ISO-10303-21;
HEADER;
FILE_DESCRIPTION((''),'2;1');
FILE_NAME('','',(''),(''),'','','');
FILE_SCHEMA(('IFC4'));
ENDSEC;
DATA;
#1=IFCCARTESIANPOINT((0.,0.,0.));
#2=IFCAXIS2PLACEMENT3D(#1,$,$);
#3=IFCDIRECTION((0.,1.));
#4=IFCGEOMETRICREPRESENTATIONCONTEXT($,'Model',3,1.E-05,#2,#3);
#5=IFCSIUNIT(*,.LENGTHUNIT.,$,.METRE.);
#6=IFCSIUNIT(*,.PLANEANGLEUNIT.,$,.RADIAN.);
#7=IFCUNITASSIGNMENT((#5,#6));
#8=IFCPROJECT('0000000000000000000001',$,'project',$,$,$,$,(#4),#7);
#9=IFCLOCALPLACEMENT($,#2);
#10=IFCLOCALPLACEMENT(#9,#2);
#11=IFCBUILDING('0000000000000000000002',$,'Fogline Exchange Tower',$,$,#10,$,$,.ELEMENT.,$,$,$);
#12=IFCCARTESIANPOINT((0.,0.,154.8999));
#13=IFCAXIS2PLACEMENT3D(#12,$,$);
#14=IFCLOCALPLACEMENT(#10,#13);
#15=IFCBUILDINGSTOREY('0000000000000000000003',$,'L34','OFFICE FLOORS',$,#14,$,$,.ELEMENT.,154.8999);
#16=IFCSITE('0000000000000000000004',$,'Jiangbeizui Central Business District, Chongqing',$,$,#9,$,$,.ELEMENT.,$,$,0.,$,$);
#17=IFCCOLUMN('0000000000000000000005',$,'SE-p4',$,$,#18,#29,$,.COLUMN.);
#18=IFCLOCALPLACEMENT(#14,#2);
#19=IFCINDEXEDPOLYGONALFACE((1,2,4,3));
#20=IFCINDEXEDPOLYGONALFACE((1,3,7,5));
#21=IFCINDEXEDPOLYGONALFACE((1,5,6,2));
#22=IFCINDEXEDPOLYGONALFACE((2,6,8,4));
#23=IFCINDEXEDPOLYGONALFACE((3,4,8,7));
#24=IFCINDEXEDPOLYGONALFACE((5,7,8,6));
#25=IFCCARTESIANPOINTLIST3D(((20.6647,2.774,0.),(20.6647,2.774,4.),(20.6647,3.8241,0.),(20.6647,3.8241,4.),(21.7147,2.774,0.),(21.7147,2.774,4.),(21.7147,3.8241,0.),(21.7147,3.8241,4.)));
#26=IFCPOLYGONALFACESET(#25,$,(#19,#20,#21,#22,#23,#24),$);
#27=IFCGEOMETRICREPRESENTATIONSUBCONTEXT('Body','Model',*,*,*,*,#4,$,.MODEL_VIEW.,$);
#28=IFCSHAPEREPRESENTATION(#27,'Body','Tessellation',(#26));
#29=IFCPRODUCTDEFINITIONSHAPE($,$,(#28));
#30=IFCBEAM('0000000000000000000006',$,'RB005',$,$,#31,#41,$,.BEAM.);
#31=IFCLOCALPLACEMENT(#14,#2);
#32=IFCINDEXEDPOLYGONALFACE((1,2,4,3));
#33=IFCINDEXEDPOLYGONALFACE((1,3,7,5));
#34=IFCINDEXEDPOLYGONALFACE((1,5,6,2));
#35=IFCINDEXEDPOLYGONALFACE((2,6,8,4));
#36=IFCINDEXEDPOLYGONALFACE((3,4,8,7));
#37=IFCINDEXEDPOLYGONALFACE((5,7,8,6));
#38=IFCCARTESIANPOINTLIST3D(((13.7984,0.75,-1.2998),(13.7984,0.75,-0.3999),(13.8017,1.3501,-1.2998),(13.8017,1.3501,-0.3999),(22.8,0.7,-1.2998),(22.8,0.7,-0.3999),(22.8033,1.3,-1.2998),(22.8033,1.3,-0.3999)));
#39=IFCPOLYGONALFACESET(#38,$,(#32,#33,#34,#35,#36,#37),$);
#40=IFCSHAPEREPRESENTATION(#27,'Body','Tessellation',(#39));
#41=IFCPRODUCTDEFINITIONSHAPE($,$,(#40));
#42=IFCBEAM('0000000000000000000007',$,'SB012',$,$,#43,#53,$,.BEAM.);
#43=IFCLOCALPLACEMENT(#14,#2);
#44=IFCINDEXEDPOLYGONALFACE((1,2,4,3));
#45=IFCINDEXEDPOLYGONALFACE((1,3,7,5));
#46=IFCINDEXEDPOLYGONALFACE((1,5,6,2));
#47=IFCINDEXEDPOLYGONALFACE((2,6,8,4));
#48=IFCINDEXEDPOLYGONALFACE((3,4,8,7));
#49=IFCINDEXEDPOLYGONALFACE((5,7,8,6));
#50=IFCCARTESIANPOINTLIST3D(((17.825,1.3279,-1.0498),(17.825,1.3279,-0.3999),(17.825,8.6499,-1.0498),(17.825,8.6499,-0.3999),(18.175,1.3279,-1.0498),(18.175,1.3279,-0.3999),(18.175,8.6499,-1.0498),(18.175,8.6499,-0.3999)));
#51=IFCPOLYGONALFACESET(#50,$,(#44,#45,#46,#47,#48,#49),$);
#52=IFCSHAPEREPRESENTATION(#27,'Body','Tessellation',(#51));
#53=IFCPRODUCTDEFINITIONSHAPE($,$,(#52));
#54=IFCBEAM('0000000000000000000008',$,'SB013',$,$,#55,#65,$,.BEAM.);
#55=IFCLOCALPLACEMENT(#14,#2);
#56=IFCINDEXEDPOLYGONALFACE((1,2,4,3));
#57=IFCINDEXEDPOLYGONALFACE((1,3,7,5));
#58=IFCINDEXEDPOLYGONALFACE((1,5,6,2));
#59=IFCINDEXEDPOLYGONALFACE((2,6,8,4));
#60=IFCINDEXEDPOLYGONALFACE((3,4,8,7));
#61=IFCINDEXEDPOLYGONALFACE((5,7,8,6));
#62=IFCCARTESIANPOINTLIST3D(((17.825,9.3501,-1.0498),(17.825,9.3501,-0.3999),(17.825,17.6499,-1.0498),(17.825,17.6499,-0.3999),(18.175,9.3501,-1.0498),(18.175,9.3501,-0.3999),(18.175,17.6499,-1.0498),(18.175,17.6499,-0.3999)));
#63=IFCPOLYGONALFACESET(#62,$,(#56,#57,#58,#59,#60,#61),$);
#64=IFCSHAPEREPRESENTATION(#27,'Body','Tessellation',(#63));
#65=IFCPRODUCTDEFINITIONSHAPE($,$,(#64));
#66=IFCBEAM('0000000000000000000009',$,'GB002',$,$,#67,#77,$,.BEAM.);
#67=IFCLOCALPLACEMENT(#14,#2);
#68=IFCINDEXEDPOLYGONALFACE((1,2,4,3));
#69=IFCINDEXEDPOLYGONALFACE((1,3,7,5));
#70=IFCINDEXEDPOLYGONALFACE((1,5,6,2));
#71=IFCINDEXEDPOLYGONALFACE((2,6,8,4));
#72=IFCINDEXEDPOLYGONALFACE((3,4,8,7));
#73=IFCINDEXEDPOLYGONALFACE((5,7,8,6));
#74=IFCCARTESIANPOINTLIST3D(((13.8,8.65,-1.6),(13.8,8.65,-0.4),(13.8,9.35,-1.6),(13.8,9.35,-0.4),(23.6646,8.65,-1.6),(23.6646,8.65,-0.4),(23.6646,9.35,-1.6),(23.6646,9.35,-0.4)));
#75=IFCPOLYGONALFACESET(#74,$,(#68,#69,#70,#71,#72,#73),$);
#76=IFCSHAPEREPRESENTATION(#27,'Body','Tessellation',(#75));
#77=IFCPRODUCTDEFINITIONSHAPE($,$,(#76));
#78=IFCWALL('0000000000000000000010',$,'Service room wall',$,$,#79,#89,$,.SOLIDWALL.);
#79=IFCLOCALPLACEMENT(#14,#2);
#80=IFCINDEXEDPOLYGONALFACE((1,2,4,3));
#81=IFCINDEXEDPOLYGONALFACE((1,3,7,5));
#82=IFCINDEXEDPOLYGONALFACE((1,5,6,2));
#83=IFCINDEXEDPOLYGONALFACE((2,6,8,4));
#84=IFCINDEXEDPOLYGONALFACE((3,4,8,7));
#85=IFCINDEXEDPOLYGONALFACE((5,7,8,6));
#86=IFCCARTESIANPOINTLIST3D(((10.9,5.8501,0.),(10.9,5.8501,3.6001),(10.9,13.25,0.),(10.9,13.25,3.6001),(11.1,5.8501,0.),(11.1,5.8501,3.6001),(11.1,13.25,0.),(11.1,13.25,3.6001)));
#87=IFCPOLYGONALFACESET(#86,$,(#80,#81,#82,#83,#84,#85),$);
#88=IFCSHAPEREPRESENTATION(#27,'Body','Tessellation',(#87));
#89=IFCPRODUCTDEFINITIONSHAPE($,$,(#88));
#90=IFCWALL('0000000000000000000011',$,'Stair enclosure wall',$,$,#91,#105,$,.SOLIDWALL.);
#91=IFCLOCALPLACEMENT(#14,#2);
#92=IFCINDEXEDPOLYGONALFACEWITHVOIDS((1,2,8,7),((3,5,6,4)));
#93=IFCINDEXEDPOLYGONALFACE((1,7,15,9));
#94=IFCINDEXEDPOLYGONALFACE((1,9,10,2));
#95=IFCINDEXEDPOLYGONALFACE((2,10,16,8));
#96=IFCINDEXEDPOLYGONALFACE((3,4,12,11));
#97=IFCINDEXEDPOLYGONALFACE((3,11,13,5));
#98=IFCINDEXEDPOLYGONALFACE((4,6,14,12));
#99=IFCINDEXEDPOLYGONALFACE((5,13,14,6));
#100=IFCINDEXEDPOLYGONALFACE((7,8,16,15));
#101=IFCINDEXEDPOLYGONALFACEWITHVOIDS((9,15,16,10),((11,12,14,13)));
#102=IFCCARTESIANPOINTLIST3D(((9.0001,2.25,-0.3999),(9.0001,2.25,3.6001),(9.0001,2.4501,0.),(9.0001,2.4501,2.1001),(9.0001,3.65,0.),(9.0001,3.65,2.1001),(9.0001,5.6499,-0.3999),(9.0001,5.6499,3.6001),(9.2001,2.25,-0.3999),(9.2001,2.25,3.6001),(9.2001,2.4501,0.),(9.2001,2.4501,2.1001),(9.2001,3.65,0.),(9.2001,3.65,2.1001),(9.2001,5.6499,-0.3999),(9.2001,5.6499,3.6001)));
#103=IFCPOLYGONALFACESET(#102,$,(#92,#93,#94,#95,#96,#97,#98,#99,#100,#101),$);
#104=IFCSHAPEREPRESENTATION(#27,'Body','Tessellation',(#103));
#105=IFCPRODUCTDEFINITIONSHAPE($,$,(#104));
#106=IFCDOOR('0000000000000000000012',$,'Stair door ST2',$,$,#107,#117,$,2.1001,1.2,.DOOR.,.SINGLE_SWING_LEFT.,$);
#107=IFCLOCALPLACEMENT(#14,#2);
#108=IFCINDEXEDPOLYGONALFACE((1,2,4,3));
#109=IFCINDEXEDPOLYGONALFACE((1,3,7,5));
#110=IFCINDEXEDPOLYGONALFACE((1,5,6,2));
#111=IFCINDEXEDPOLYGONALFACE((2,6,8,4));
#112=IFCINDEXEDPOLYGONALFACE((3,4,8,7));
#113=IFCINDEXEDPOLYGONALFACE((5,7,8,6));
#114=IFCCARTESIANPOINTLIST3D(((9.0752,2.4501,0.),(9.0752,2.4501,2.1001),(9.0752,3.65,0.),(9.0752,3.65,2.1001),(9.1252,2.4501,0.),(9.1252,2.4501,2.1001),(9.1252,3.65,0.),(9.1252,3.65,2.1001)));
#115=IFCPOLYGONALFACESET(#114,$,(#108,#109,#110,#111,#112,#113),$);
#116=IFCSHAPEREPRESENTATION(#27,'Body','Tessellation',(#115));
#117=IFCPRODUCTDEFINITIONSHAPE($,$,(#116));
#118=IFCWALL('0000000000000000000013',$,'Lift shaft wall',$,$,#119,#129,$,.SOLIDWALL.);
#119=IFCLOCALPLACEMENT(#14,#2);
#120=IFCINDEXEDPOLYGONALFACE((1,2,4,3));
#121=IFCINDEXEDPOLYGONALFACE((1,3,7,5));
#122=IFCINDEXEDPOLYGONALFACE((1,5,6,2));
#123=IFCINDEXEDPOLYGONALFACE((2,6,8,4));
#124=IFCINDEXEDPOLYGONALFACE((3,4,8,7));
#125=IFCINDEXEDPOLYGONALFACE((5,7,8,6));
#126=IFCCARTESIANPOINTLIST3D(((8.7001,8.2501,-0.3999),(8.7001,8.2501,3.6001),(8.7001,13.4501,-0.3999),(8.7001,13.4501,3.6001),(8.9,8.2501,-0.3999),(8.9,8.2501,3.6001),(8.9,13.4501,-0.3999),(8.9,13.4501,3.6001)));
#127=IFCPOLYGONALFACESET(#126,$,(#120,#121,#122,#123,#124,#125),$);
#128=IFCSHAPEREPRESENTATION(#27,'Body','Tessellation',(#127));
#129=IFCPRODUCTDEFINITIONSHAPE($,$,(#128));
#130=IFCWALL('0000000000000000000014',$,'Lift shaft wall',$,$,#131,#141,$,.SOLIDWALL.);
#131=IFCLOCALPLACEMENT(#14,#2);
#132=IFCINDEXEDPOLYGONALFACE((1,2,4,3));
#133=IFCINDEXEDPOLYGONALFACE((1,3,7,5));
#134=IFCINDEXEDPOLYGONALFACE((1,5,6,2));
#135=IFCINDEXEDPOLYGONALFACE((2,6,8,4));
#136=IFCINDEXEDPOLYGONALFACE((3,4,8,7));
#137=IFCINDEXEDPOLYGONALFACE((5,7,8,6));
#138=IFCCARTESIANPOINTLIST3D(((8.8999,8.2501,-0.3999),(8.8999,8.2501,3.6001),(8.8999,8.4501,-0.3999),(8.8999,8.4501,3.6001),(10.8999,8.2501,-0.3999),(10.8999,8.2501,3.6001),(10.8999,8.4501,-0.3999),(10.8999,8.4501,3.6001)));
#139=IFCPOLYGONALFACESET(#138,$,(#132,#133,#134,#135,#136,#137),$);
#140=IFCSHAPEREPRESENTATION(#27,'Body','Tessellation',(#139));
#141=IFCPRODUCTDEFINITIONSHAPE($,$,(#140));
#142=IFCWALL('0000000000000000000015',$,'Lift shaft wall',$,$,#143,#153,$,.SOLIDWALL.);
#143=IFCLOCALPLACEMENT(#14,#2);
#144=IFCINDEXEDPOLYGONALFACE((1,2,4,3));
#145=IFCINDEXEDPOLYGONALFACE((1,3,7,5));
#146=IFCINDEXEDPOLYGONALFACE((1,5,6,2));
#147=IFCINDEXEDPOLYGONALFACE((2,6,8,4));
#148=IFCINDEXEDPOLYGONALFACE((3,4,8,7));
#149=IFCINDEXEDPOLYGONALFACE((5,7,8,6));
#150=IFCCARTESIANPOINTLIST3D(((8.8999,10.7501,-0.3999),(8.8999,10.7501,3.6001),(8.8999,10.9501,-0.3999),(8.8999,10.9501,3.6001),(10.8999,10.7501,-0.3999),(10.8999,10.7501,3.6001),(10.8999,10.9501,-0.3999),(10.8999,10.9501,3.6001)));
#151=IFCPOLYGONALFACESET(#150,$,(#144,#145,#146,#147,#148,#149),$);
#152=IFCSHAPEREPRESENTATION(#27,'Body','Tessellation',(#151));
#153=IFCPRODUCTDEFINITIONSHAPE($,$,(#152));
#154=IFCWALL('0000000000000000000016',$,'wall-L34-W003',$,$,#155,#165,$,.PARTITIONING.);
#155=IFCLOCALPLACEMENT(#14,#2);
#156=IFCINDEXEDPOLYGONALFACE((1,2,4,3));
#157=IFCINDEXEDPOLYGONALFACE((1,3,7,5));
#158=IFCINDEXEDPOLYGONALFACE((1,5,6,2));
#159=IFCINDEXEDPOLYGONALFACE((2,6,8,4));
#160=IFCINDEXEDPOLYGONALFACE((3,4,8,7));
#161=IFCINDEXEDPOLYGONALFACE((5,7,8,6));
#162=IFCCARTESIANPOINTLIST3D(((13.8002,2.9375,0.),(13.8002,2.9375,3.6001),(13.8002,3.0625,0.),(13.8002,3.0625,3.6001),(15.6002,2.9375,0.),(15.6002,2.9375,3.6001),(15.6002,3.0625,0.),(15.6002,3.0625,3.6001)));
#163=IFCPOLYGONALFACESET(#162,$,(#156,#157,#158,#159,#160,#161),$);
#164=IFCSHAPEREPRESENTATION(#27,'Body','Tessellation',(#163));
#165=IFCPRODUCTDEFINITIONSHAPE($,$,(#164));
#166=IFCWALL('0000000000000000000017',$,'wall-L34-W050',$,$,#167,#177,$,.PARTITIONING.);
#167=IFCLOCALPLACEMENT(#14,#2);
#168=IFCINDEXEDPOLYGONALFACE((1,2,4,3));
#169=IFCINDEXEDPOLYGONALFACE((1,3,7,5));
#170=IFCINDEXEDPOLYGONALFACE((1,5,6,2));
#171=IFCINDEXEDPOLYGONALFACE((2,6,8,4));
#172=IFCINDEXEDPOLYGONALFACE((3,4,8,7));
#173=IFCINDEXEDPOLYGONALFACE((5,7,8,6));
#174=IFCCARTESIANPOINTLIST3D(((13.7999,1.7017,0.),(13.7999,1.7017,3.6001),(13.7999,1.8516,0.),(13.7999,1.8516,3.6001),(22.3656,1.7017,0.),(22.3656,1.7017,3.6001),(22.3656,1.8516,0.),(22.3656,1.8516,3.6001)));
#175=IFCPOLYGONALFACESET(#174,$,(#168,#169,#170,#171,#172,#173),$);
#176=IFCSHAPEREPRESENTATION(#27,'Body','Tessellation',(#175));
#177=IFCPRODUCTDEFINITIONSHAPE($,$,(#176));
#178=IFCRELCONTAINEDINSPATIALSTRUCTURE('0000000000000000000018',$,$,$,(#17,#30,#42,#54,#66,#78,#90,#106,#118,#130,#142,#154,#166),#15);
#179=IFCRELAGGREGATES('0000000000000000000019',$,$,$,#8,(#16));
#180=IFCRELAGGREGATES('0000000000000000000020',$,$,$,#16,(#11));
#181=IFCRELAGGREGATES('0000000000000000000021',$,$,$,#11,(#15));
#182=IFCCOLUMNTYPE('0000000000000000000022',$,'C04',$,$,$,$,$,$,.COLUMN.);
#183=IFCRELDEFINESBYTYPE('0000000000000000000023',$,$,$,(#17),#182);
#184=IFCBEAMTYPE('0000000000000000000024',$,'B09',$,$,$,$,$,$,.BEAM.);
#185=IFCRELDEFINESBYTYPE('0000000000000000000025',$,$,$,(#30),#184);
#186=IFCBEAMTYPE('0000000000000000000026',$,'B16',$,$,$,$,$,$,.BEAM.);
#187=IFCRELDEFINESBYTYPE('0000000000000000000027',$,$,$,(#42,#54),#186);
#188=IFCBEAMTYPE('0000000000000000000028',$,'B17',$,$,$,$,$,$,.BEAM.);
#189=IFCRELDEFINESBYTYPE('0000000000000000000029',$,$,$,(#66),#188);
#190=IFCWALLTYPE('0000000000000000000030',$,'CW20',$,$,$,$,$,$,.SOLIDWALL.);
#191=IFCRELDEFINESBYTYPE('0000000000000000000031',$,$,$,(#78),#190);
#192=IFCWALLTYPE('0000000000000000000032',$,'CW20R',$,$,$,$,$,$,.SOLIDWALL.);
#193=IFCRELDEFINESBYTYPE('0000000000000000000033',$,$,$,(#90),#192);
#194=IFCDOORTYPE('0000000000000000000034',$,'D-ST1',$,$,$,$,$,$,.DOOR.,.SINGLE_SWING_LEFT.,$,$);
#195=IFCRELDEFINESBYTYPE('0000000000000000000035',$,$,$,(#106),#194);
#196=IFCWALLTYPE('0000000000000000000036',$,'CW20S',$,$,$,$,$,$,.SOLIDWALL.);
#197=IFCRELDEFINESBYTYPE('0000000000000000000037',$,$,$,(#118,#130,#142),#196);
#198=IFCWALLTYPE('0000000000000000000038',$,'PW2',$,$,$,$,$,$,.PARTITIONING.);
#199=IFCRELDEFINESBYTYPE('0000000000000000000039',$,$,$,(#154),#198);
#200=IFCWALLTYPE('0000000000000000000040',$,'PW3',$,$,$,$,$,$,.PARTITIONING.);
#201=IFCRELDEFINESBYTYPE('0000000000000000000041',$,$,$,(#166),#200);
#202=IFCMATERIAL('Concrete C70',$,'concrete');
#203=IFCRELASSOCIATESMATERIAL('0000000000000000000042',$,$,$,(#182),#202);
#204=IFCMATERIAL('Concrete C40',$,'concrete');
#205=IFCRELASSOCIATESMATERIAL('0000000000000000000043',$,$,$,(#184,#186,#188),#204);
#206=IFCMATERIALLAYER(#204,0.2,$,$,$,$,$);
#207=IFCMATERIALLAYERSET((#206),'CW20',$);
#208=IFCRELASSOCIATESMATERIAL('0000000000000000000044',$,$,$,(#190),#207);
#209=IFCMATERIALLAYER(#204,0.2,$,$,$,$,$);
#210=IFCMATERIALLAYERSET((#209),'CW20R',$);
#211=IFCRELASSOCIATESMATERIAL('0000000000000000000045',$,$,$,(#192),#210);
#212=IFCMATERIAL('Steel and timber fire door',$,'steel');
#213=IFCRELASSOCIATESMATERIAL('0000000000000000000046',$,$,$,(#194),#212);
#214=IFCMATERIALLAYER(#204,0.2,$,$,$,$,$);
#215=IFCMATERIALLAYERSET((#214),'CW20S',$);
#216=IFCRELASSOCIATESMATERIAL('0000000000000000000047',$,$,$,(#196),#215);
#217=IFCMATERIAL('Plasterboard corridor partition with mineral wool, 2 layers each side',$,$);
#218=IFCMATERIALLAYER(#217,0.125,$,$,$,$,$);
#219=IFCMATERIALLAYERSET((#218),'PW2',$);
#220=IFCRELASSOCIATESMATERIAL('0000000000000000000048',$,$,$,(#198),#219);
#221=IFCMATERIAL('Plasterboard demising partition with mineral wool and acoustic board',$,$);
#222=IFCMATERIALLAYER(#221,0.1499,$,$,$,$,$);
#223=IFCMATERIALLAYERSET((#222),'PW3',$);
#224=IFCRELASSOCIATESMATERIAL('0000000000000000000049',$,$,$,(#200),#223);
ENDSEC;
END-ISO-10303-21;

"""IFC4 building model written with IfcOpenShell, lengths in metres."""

from ifc_helpers import new_model, si_unit, direction, frame, frame_2d, origin, origin_2d, place, context, subcontext, project, spatial, rectangle, extrude, material, layer, layer_set, material_profile, profile_set, type_object, element, fill, save


model = new_model("IFC4")

# Units and contexts
model_context = context("Model", 3, precision=1e-05, world=origin(), true_north=direction((0.0, 1.0)))
body_context = subcontext(model_context, "Body", "Model", "MODEL_VIEW")
ifc_project = project(units=[si_unit("LENGTHUNIT", "METRE"), si_unit("PLANEANGLEUNIT", "RADIAN")], contexts=[model_context])

# Site, building, storey
site_placement = place(None, origin())
site = spatial("IfcSite", under=ifc_project, at=site_placement, Name="Jiangbeizui Central Business District, Chongqing", CompositionType="ELEMENT", RefElevation=0.0)
building_placement = place(site_placement, origin())
building = spatial("IfcBuilding", under=site, at=building_placement, Name="Fogline Exchange Tower", CompositionType="ELEMENT")
storey_placement = place(building_placement, frame((0.0, 0.0, 154.8999)))
storey = spatial("IfcBuildingStorey", under=building, at=storey_placement, Name="L34", Description="OFFICE FLOORS", CompositionType="ELEMENT", Elevation=154.8999)

# Column
ifc_material_1 = material(Name="Concrete C70", Category="concrete")
ifc_material_profile_1 = material_profile(ifc_material_1, rectangle(XDim=1.05, YDim=1.05, at=origin_2d()), Name="RC 1050x1050")
ifc_profile_set_1 = profile_set([ifc_material_profile_1], Name="Concrete C70")
column_type = type_object("IfcColumnType", Name="C04", PredefinedType="COLUMN", material=ifc_profile_set_1)
column_placement = place(storey_placement, frame((21.1897, 3.2991, 0.0), z_axis=(0.0, 0.0, 1.0), x_axis=(1.0, 0.0, 0.0)))
element("IfcColumn", 1, at=column_placement, inside=storey, type_object=column_type, Name="SE-p4", PredefinedType="COLUMN", context=body_context, shape_type="SweptSolid", body=[
    extrude(rectangle(XDim=1.05, YDim=1.05, at=origin_2d()), origin(), (0.0, 0.0, 1.0), 4.0),
])

# Beams
ifc_material_2 = material(Name="Concrete C40", Category="concrete")
ifc_material_profile_2 = material_profile(ifc_material_2, rectangle(XDim=0.6001, YDim=0.8999, at=origin_2d()), Name="RC 600x900")
ifc_profile_set_2 = profile_set([ifc_material_profile_2], Name="Concrete C40")
beam_type_1 = type_object("IfcBeamType", Name="B09", PredefinedType="BEAM", material=ifc_profile_set_2)
beam_1_placement = place(storey_placement, frame((13.8, 1.05, -0.8499), z_axis=(0.999985, -0.00556, 0.0), x_axis=(0.00556, 0.999985, 0.0)))
element("IfcBeam", 2, at=beam_1_placement, inside=storey, type_object=beam_type_1, Name="RB005", PredefinedType="BEAM", context=body_context, shape_type="SweptSolid", body=[
    extrude(rectangle(XDim=0.6001, YDim=0.8999, at=origin_2d()), origin(), (0.0, 0.0, 1.0), 9.0017),
])
ifc_material_profile_3 = material_profile(ifc_material_2, rectangle(XDim=0.3501, YDim=0.6499, at=origin_2d()), Name="RC 350x650")
ifc_profile_set_3 = profile_set([ifc_material_profile_3], Name="Concrete C40")
beam_type_2 = type_object("IfcBeamType", Name="B16", PredefinedType="BEAM", material=ifc_profile_set_3)
beam_2_placement = place(storey_placement, frame((18.0, 1.3279, -0.7249), z_axis=(0.0, 1.0, 0.0), x_axis=(-1.0, 0.0, 0.0)))
element("IfcBeam", 3, at=beam_2_placement, inside=storey, type_object=beam_type_2, Name="SB012", PredefinedType="BEAM", context=body_context, shape_type="SweptSolid", body=[
    extrude(rectangle(XDim=0.3501, YDim=0.6499, at=origin_2d()), origin(), (0.0, 0.0, 1.0), 7.322),
])
beam_3_placement = place(storey_placement, frame((18.0, 9.3501, -0.7249), z_axis=(0.0, 1.0, 0.0), x_axis=(-1.0, 0.0, 0.0)))
element("IfcBeam", 4, at=beam_3_placement, inside=storey, type_object=beam_type_2, Name="SB013", PredefinedType="BEAM", context=body_context, shape_type="SweptSolid", body=[
    extrude(rectangle(XDim=0.3501, YDim=0.6499, at=origin_2d()), origin(), (0.0, 0.0, 1.0), 8.2998),
])
ifc_material_profile_4 = material_profile(ifc_material_2, rectangle(XDim=0.7, YDim=1.2, at=origin_2d()), Name="RC 700x1200")
ifc_profile_set_4 = profile_set([ifc_material_profile_4], Name="Concrete C40")
beam_type_3 = type_object("IfcBeamType", Name="B17", PredefinedType="BEAM", material=ifc_profile_set_4)
beam_4_placement = place(storey_placement, frame((13.8, 9.0, -1.0), z_axis=(1.0, 0.0, 0.0), x_axis=(0.0, 1.0, 0.0)))
element("IfcBeam", 5, at=beam_4_placement, inside=storey, type_object=beam_type_3, Name="GB002", PredefinedType="BEAM", context=body_context, shape_type="SweptSolid", body=[
    extrude(rectangle(XDim=0.7, YDim=1.2, at=origin_2d()), origin(), (0.0, 0.0, 1.0), 9.8645),
])

# Wall
ifc_layer_1 = layer(ifc_material_2, 0.2)
ifc_layer_set_1 = layer_set([ifc_layer_1], Name="CW20")
wall_type_1 = type_object("IfcWallType", Name="CW20", PredefinedType="SOLIDWALL", material=ifc_layer_set_1)
wall_1_placement = place(storey_placement, frame((11.0, 5.8501, 0.0), z_axis=(0.0, 0.0, 1.0), x_axis=(0.0, 1.0, 0.0)))
element("IfcWall", 6, at=wall_1_placement, inside=storey, type_object=wall_type_1, Name="Service room wall", PredefinedType="SOLIDWALL", context=body_context, shape_type="SweptSolid", body=[
    extrude(rectangle(XDim=7.3999, YDim=0.2, at=frame_2d((3.7, 0.0))), origin(), (0.0, 0.0, 1.0), 3.6001),
])

# Wall, opening, door
ifc_layer_2 = layer(ifc_material_2, 0.2)
ifc_layer_set_2 = layer_set([ifc_layer_2], Name="CW20R")
wall_type_2 = type_object("IfcWallType", Name="CW20R", PredefinedType="SOLIDWALL", material=ifc_layer_set_2)
wall_2_placement = place(storey_placement, frame((9.1001, 2.25, -0.3999), z_axis=(0.0, 0.0, 1.0), x_axis=(0.0, 1.0, 0.0)))
wall_2 = element("IfcWall", 7, at=wall_2_placement, inside=storey, type_object=wall_type_2, Name="Stair enclosure wall", PredefinedType="SOLIDWALL", context=body_context, shape_type="SweptSolid", body=[
    extrude(rectangle(XDim=3.3999, YDim=0.2, at=frame_2d((1.7, 0.0))), origin(), (0.0, 0.0, 1.0), 4.0),
])
opening_1_placement = place(wall_2_placement, frame((0.2, 0.0, 0.3999)))
opening_1 = element("IfcOpeningElement", 8, at=opening_1_placement, cuts=wall_2, PredefinedType="OPENING", context=body_context, shape_type="SweptSolid", body=[
    extrude(rectangle(XDim=1.2, YDim=2.1001, at=frame_2d((0.6001, 1.05))), frame((0.0, 0.1099, 0.0), z_axis=(0.0, -1.0, 0.0), x_axis=(1.0, 0.0, 0.0)), (0.0, 0.0, 1.0), 0.22),
])
ifc_material_3 = material(Name="Steel and timber fire door", Category="steel")
door_type_1 = type_object("IfcDoorType", Name="D-ST1", OperationType="SINGLE_SWING_LEFT", PredefinedType="DOOR", material=ifc_material_3)
door_1_placement = place(opening_1_placement, origin())
door_1 = element("IfcDoor", 9, at=door_1_placement, inside=storey, type_object=door_type_1, Name="Stair door ST2", OperationType="SINGLE_SWING_LEFT", OverallHeight=2.1001, OverallWidth=1.2, PredefinedType="DOOR", context=body_context, shape_type="SweptSolid", body=[
    extrude(rectangle(XDim=1.2, YDim=2.1001, at=frame_2d((0.6001, 1.05))), frame((0.0, 0.0249, 0.0), z_axis=(0.0, -1.0, 0.0), x_axis=(1.0, 0.0, 0.0)), (0.0, 0.0, 1.0), 0.05),
])
fill(opening_1, door_1)

# Walls
ifc_layer_3 = layer(ifc_material_2, 0.2)
ifc_layer_set_3 = layer_set([ifc_layer_3], Name="CW20S")
wall_type_3 = type_object("IfcWallType", Name="CW20S", PredefinedType="SOLIDWALL", material=ifc_layer_set_3)
wall_3_placement = place(storey_placement, frame((8.8, 8.25, -0.3999), z_axis=(0.0, 0.0, 1.0), x_axis=(0.0, 1.0, 0.0)))
element("IfcWall", 10, at=wall_3_placement, inside=storey, type_object=wall_type_3, Name="Lift shaft wall", PredefinedType="SOLIDWALL", context=body_context, shape_type="SweptSolid", body=[
    extrude(rectangle(XDim=5.2, YDim=0.2, at=frame_2d((2.6001, 0.0))), origin(), (0.0, 0.0, 1.0), 4.0),
])
for number, where, z_axis, x_axis, name in (
    (11, (8.8999, 8.3501, -0.3999), (0.0, 0.0, 1.0), (1.0, 0.0, 0.0), "Lift shaft wall"),
    (12, (8.8999, 10.8501, -0.3999), (0.0, 0.0, 1.0), (1.0, 0.0, 0.0), "Lift shaft wall"),
):
    element("IfcWall", number, at=place(storey_placement, frame(where, z_axis=z_axis, x_axis=x_axis)), inside=storey, type_object=wall_type_3, Name=name, PredefinedType="SOLIDWALL", context=body_context, shape_type="SweptSolid", body=[
        extrude(rectangle(XDim=2.0, YDim=0.2, at=frame_2d((1.0, 0.0))), origin(), (0.0, 0.0, 1.0), 4.0),
    ])
ifc_material_4 = material(Name="Plasterboard corridor partition with mineral wool, 2 layers each side")
ifc_layer_4 = layer(ifc_material_4, 0.125)
ifc_layer_set_4 = layer_set([ifc_layer_4], Name="PW2")
wall_type_4 = type_object("IfcWallType", Name="PW2", PredefinedType="PARTITIONING", material=ifc_layer_set_4)
wall_4_placement = place(storey_placement, frame((15.6001, 3.0, 0.0), z_axis=(0.0, 0.0, 1.0), x_axis=(-1.0, 0.0, 0.0)))
element("IfcWall", 13, at=wall_4_placement, inside=storey, type_object=wall_type_4, Name="wall-L34-W003", PredefinedType="PARTITIONING", context=body_context, shape_type="SweptSolid", body=[
    extrude(rectangle(XDim=1.8, YDim=0.125, at=frame_2d((0.8999, 0.0))), origin(), (0.0, 0.0, 1.0), 3.6001),
])
ifc_material_5 = material(Name="Plasterboard demising partition with mineral wool and acoustic board")
ifc_layer_5 = layer(ifc_material_5, 0.1499)
ifc_layer_set_5 = layer_set([ifc_layer_5], Name="PW3")
wall_type_5 = type_object("IfcWallType", Name="PW3", PredefinedType="PARTITIONING", material=ifc_layer_set_5)
wall_5_placement = place(storey_placement, frame((13.8, 1.7766, 0.0), z_axis=(0.0, 0.0, 1.0), x_axis=(1.0, 0.0, 0.0)))
element("IfcWall", 14, at=wall_5_placement, inside=storey, type_object=wall_type_5, Name="wall-L34-W050", PredefinedType="PARTITIONING", context=body_context, shape_type="SweptSolid", body=[
    extrude(rectangle(XDim=8.5657, YDim=0.1499, at=frame_2d((4.2827, 0.0))), origin(), (0.0, 0.0, 1.0), 3.6001),
])

save(model, "model.ifc")
